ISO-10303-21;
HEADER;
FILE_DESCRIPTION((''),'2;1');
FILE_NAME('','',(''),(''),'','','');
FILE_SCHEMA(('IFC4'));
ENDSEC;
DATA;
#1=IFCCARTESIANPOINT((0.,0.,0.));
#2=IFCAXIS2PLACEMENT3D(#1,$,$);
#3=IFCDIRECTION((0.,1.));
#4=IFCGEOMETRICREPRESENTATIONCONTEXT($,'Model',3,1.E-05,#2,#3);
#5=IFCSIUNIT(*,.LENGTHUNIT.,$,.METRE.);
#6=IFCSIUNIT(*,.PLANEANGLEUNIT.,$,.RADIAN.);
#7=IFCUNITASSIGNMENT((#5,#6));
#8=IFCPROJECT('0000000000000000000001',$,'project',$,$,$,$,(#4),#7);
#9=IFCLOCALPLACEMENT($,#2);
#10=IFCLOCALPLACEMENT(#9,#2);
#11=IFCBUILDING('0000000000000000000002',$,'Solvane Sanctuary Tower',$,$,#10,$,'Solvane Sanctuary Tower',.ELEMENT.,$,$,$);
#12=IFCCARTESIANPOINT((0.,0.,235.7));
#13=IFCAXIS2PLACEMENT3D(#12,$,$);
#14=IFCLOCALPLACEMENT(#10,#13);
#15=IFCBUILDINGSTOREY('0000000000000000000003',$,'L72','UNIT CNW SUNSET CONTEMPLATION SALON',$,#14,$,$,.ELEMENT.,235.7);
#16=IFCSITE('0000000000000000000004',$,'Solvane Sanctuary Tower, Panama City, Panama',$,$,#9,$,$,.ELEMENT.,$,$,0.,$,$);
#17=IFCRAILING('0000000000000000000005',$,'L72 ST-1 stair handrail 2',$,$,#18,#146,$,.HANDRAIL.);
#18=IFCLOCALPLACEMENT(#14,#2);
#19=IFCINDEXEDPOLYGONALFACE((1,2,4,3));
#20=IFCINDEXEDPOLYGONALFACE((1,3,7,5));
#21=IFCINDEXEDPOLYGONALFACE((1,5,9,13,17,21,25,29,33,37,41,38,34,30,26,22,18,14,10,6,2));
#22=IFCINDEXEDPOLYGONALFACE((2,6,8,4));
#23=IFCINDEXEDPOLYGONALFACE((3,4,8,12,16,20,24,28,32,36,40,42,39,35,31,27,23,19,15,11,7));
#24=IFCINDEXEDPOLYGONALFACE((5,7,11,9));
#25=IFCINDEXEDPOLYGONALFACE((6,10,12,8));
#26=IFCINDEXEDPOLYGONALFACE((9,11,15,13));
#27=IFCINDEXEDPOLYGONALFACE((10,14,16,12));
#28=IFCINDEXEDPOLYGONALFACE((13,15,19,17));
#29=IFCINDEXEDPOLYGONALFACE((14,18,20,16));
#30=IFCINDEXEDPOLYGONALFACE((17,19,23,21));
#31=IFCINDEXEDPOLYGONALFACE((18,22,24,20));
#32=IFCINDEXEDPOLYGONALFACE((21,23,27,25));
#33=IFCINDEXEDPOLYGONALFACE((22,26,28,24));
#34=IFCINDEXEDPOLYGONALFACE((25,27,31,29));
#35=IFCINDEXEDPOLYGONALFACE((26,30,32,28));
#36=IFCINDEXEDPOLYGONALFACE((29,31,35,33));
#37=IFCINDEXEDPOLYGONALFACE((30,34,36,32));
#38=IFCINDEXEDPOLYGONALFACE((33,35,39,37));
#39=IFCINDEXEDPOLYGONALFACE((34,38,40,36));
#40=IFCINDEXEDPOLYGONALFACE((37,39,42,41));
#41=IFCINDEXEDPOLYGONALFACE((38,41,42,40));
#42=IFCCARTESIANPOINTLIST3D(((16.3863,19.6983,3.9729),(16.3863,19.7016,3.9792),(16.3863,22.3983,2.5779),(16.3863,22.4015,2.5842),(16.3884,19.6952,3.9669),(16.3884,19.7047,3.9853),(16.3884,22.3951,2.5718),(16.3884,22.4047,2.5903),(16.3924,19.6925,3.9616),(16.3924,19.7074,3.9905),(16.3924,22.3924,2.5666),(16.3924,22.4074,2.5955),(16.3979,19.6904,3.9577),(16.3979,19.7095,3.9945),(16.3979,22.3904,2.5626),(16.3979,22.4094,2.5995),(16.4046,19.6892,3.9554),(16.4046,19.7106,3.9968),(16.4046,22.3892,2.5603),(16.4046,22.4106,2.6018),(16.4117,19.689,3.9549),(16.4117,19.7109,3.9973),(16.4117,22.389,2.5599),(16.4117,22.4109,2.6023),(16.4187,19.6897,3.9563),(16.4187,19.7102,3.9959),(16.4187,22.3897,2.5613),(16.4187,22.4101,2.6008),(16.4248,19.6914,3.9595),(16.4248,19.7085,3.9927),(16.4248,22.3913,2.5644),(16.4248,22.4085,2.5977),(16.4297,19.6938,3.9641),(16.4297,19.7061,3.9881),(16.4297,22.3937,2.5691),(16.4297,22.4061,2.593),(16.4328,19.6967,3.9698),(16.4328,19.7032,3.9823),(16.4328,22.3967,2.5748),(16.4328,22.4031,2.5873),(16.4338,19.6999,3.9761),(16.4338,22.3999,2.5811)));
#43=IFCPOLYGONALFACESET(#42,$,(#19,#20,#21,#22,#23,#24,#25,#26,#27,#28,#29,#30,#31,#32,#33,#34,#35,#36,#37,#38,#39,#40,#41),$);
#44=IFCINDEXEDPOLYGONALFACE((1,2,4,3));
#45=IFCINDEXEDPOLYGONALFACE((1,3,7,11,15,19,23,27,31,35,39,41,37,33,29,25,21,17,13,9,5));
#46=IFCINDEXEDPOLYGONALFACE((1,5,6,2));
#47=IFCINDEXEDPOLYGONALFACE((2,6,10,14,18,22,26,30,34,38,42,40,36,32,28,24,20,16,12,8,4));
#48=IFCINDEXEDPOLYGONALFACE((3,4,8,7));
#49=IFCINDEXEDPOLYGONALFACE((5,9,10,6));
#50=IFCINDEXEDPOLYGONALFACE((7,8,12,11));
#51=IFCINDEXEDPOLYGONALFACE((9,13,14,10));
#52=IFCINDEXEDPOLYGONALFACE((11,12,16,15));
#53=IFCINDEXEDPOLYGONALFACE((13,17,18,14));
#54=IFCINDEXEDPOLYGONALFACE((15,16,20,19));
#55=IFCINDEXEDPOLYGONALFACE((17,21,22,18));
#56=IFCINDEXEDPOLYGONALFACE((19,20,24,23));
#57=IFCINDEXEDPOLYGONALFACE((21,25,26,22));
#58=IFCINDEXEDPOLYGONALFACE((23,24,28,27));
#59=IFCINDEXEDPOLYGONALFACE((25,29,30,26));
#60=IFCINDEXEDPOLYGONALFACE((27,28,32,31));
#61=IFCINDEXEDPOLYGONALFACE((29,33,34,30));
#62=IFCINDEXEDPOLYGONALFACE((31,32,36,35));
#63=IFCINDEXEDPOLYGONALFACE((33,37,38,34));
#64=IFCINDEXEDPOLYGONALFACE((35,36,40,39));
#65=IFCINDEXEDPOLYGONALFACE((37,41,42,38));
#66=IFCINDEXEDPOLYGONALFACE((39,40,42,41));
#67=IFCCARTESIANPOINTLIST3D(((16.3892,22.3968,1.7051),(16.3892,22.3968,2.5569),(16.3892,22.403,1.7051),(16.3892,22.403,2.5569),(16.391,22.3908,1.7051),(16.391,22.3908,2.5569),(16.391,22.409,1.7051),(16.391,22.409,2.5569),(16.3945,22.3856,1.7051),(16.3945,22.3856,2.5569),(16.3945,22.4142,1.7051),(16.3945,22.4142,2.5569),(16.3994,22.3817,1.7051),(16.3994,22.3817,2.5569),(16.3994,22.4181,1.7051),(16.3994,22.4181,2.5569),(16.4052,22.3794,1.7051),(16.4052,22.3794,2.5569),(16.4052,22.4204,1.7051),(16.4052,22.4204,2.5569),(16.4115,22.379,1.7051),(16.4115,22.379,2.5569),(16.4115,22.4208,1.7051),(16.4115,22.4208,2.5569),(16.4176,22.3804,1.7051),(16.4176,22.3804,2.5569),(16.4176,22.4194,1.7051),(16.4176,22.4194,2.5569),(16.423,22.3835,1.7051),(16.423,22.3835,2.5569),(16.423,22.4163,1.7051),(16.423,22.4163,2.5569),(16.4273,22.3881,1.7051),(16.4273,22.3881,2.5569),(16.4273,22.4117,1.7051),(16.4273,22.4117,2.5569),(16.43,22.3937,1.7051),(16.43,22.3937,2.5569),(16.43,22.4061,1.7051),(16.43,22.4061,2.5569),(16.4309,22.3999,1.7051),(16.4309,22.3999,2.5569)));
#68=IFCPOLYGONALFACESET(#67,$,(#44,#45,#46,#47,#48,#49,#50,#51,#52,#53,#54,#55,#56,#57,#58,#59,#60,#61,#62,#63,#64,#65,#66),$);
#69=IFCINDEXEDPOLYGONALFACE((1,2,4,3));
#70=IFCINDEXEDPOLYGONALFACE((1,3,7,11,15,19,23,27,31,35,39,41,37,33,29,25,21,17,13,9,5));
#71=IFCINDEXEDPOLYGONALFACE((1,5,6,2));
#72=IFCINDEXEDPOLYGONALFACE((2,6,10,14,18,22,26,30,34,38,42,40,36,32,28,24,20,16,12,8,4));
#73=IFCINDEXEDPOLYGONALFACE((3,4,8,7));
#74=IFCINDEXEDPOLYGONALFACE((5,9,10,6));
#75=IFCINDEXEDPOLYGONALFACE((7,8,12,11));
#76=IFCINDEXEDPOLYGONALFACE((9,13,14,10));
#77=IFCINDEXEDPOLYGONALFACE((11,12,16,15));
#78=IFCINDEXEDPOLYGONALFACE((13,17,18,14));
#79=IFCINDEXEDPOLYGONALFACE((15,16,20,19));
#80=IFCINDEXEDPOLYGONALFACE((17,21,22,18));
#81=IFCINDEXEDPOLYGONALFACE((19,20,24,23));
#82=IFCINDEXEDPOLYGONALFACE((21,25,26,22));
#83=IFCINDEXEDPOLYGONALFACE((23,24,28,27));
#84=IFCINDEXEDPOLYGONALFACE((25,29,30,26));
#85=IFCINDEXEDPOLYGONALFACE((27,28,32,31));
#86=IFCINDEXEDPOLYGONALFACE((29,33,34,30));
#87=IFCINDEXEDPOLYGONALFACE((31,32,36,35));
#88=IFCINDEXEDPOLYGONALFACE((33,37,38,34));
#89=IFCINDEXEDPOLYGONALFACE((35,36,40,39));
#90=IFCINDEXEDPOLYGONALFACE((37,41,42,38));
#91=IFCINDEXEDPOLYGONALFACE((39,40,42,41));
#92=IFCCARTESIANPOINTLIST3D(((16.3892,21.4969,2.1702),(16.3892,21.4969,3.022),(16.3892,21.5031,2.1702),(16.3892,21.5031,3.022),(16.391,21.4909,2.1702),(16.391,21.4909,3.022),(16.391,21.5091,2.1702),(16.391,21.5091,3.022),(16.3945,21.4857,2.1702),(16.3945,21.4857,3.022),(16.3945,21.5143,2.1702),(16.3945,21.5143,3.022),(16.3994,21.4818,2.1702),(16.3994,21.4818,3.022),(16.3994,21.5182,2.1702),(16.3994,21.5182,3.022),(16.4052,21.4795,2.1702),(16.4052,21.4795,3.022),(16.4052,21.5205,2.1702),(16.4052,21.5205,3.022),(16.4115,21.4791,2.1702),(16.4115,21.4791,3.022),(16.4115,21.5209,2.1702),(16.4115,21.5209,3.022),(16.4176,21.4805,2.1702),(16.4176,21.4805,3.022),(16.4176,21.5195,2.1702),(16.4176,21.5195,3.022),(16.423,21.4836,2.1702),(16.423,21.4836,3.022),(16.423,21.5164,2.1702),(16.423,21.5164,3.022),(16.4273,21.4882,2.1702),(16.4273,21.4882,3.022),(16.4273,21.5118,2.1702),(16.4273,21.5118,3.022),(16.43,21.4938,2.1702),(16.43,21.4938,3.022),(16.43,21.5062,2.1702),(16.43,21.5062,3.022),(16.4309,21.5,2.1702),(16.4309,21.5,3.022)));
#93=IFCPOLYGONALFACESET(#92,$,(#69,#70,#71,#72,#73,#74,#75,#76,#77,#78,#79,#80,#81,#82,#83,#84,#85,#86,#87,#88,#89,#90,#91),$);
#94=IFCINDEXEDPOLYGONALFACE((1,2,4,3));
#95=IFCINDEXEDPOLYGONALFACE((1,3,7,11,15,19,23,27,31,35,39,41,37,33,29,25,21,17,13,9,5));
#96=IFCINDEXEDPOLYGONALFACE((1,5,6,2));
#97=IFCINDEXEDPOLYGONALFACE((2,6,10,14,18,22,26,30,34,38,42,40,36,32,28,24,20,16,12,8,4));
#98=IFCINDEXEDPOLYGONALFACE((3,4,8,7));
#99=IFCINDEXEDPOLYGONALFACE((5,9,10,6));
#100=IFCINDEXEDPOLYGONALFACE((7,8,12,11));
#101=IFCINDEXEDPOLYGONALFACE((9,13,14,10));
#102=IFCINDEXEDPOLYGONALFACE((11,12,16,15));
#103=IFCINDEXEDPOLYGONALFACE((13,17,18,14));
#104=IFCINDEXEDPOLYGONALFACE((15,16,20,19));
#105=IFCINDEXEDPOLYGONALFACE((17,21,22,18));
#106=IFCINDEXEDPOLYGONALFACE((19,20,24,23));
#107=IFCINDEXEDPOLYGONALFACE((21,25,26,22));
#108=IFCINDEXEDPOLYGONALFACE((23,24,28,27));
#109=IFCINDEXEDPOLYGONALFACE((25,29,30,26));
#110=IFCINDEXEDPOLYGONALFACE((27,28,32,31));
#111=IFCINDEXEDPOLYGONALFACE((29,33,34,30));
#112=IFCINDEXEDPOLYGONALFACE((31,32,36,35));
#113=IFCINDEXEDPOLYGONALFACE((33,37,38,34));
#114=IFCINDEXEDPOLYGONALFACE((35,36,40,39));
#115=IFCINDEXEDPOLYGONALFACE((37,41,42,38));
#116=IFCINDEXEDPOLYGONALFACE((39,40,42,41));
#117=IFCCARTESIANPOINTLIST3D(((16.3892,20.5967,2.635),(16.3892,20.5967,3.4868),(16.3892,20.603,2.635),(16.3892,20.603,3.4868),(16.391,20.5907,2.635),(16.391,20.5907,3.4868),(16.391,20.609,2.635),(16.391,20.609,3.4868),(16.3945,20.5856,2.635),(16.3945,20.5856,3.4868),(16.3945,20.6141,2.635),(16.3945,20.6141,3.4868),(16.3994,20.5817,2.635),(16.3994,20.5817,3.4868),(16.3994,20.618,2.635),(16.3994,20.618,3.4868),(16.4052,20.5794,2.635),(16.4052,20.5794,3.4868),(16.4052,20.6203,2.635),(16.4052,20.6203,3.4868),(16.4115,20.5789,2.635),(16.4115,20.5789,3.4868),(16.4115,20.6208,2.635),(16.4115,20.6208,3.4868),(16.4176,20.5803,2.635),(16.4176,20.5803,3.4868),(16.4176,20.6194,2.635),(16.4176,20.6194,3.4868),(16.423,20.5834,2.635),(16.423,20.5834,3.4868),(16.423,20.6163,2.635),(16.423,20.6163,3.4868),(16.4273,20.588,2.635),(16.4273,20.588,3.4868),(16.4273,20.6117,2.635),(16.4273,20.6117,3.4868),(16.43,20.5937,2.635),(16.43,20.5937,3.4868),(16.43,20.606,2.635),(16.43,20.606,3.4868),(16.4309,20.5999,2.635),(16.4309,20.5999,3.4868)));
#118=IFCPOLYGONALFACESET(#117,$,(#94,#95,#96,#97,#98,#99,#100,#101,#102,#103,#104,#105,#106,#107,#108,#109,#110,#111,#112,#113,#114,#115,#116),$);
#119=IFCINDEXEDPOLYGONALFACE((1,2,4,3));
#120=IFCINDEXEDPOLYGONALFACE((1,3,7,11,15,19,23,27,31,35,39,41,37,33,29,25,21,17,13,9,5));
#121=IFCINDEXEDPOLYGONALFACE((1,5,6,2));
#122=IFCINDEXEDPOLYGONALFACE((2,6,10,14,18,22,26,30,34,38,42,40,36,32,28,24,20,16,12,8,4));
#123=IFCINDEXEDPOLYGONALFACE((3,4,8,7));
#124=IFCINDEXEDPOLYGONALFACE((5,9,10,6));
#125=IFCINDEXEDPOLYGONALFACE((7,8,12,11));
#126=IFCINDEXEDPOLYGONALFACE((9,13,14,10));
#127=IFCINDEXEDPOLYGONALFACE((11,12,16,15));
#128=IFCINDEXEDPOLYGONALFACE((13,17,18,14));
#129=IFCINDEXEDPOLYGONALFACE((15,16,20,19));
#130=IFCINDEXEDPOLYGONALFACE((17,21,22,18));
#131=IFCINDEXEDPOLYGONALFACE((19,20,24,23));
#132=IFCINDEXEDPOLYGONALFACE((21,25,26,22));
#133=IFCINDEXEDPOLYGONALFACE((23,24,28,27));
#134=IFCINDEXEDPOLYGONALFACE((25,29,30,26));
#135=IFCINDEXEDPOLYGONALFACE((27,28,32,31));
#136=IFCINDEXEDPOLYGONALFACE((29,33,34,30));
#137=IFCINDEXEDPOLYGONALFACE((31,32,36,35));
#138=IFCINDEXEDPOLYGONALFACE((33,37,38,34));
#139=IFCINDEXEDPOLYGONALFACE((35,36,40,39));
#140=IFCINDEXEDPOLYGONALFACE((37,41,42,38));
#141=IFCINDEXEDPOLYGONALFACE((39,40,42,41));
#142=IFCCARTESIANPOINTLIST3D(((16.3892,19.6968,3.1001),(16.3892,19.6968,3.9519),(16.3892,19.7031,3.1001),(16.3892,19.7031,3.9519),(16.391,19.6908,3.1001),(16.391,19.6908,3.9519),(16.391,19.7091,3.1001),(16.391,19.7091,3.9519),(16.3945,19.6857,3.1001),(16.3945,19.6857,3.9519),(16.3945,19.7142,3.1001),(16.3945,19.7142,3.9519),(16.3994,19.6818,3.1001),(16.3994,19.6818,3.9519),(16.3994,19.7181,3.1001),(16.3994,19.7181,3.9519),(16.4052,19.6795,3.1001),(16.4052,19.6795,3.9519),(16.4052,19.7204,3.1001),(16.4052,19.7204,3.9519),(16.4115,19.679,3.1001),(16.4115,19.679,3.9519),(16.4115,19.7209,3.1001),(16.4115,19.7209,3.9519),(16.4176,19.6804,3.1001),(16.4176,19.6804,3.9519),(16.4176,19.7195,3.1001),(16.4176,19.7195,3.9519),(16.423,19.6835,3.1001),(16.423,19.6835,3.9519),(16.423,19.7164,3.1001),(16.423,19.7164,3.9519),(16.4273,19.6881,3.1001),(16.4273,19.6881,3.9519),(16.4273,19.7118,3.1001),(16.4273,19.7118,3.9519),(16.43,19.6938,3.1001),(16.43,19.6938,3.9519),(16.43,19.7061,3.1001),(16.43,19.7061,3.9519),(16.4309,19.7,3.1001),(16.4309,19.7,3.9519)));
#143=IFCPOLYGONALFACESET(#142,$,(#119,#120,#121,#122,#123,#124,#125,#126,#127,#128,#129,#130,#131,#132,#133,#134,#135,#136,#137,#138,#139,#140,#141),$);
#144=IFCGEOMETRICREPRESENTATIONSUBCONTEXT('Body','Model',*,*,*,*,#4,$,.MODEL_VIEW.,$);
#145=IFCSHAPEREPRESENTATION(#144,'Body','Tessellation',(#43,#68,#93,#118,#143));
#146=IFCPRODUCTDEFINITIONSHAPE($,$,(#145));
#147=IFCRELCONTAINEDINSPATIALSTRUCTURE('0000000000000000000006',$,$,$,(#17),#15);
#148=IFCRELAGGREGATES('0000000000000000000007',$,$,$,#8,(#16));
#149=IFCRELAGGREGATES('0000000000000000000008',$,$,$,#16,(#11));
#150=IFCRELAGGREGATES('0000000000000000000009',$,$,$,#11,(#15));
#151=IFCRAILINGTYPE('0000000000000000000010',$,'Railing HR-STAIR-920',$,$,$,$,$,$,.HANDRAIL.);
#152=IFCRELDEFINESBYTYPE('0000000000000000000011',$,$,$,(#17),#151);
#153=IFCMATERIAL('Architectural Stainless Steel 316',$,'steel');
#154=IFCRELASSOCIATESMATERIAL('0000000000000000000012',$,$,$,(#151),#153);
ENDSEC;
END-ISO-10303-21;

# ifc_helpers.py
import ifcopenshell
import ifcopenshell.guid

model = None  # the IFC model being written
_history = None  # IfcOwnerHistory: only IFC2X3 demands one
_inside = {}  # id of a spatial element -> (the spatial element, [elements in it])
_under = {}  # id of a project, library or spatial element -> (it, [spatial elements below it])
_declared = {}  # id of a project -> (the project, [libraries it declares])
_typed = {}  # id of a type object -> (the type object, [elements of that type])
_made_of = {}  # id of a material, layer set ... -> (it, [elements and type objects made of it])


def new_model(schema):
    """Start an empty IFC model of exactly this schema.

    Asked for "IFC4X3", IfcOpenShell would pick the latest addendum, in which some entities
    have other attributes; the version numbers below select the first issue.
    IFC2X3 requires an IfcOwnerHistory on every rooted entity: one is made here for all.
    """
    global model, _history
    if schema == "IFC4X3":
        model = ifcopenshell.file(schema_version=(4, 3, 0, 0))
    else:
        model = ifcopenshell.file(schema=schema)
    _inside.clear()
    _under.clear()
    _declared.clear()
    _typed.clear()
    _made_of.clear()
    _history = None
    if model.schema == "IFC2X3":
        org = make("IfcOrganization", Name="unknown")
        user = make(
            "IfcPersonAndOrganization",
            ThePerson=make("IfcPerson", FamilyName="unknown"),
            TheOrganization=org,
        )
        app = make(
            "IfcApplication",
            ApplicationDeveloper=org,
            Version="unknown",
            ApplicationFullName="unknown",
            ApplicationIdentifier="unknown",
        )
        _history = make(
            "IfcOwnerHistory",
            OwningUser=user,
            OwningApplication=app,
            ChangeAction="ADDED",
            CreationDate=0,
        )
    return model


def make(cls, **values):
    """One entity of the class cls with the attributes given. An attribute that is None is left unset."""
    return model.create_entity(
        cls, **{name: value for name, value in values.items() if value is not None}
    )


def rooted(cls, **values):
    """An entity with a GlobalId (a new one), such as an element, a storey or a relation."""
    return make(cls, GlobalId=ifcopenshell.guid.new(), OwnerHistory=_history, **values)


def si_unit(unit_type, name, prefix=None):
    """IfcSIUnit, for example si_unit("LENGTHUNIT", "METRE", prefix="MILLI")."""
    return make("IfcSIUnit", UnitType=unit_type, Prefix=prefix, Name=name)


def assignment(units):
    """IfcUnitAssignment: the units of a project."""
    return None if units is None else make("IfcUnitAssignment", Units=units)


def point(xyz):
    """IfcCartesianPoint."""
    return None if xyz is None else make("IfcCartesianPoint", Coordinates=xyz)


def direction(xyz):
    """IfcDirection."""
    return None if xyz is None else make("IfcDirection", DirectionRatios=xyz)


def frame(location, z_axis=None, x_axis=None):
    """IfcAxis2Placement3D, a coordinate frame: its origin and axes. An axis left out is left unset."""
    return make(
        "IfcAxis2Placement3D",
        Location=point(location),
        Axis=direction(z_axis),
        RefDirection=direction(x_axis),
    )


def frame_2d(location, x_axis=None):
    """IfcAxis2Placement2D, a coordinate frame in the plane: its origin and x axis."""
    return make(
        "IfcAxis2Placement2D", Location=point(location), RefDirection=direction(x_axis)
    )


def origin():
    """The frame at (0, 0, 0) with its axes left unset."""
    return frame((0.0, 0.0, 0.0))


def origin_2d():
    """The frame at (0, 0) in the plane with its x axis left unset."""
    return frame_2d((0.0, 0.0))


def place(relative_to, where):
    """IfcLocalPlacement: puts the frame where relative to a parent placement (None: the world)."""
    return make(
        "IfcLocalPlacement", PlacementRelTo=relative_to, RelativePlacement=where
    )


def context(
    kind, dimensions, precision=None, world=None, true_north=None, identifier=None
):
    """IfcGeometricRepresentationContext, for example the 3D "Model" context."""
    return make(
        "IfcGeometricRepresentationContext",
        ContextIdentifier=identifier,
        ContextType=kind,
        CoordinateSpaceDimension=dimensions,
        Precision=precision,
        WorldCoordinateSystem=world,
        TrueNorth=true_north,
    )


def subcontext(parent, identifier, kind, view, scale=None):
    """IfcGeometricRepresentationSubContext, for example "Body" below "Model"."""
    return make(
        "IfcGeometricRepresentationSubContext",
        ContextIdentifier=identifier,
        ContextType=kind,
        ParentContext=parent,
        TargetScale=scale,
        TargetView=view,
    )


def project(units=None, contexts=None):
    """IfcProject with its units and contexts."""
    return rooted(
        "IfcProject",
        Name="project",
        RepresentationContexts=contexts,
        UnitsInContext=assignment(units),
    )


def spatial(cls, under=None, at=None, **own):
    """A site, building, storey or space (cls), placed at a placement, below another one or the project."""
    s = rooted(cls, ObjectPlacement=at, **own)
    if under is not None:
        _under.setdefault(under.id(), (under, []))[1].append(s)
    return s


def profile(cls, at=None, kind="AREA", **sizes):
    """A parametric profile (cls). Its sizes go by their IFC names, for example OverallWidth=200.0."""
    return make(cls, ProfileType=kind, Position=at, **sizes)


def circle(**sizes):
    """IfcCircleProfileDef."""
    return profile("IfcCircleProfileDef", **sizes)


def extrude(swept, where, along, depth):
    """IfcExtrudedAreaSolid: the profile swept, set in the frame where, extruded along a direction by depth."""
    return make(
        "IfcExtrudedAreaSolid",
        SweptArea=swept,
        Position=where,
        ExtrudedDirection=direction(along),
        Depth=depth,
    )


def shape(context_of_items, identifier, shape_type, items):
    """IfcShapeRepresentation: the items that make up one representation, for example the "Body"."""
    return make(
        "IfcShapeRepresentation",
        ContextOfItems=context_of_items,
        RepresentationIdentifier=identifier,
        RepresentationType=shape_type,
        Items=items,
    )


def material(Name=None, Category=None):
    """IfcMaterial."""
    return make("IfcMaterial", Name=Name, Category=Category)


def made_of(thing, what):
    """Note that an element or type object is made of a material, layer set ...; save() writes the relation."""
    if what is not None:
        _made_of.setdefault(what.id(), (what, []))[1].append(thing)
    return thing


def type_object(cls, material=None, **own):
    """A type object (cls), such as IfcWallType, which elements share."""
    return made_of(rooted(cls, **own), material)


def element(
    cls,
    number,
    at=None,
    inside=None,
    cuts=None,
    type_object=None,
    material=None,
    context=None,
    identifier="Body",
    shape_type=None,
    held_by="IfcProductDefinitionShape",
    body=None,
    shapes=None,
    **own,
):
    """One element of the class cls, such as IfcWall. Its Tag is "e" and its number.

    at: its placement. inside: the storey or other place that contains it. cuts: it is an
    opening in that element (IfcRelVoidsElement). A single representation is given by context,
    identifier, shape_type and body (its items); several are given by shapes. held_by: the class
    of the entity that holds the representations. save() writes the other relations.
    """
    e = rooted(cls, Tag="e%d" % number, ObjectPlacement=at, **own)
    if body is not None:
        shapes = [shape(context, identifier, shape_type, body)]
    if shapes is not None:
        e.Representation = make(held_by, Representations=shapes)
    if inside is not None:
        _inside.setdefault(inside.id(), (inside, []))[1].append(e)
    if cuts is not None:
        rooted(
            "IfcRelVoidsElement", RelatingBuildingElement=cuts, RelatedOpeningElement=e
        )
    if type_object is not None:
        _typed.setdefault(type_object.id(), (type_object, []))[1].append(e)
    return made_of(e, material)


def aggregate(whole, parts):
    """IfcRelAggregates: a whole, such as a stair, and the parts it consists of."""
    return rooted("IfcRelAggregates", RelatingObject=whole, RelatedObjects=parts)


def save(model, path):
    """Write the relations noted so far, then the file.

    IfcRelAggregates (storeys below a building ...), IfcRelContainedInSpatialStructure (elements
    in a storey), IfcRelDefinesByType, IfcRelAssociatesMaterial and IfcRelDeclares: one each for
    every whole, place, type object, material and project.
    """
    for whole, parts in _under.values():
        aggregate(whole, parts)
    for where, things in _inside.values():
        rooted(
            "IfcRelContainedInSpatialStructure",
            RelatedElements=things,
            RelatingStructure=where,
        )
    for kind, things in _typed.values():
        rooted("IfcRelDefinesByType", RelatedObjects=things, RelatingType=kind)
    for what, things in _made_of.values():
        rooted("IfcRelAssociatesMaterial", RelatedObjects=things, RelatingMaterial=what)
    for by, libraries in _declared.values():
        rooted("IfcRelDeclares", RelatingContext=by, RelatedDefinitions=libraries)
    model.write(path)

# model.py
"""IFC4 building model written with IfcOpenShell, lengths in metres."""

from ifc_helpers import new_model, si_unit, direction, frame, origin, origin_2d, place, context, subcontext, project, spatial, circle, extrude, material, type_object, element, save


model = new_model("IFC4")

# Units and contexts
model_context = context("Model", 3, precision=1e-05, world=origin(), true_north=direction((0.0, 1.0)))
body_context = subcontext(model_context, "Body", "Model", "MODEL_VIEW")
ifc_project = project(units=[si_unit("LENGTHUNIT", "METRE"), si_unit("PLANEANGLEUNIT", "RADIAN")], contexts=[model_context])

# Site, building, storey
site_placement = place(None, origin())
site = spatial("IfcSite", under=ifc_project, at=site_placement, Name="Solvane Sanctuary Tower, Panama City, Panama", CompositionType="ELEMENT", RefElevation=0.0)
building_placement = place(site_placement, origin())
building = spatial("IfcBuilding", under=site, at=building_placement, Name="Solvane Sanctuary Tower", LongName="Solvane Sanctuary Tower", CompositionType="ELEMENT")
storey_placement = place(building_placement, frame((0.0, 0.0, 235.7)))
storey = spatial("IfcBuildingStorey", under=building, at=storey_placement, Name="L72", Description="UNIT CNW SUNSET CONTEMPLATION SALON", CompositionType="ELEMENT", Elevation=235.7)

# Shared definitions
ifc_material_1 = material(Name="Architectural Stainless Steel 316", Category="steel")

# Railing
railing_type_1 = type_object("IfcRailingType", Name="Railing HR-STAIR-920", PredefinedType="HANDRAIL", material=ifc_material_1)
railing_1_placement = place(storey_placement, frame((16.4099, 22.3999, 1.7051)))
element("IfcRailing", 1, at=railing_1_placement, inside=storey, type_object=railing_type_1, Name="L72 ST-1 stair handrail 2", PredefinedType="HANDRAIL", context=body_context, shape_type="SweptSolid", body=[
    extrude(circle(Radius=0.0239, at=origin_2d()), frame((0.0, 0.0, 0.876), z_axis=(0.0, -0.88842, 0.459032), x_axis=(1.0, 0.0, 0.0)), (0.0, 0.0, 1.0), 3.0391),
    extrude(circle(Radius=0.021, at=origin_2d()), origin(), (0.0, 0.0, 1.0), 0.8518),
    extrude(circle(Radius=0.021, at=origin_2d()), frame((0.0, -0.8999, 0.4651)), (0.0, 0.0, 1.0), 0.8518),
    extrude(circle(Radius=0.021, at=origin_2d()), frame((0.0, -1.8, 0.9299)), (0.0, 0.0, 1.0), 0.8518),
    extrude(circle(Radius=0.021, at=origin_2d()), frame((0.0, -2.7, 1.395)), (0.0, 0.0, 1.0), 0.8518),
])

save(model, "model.ifc")
